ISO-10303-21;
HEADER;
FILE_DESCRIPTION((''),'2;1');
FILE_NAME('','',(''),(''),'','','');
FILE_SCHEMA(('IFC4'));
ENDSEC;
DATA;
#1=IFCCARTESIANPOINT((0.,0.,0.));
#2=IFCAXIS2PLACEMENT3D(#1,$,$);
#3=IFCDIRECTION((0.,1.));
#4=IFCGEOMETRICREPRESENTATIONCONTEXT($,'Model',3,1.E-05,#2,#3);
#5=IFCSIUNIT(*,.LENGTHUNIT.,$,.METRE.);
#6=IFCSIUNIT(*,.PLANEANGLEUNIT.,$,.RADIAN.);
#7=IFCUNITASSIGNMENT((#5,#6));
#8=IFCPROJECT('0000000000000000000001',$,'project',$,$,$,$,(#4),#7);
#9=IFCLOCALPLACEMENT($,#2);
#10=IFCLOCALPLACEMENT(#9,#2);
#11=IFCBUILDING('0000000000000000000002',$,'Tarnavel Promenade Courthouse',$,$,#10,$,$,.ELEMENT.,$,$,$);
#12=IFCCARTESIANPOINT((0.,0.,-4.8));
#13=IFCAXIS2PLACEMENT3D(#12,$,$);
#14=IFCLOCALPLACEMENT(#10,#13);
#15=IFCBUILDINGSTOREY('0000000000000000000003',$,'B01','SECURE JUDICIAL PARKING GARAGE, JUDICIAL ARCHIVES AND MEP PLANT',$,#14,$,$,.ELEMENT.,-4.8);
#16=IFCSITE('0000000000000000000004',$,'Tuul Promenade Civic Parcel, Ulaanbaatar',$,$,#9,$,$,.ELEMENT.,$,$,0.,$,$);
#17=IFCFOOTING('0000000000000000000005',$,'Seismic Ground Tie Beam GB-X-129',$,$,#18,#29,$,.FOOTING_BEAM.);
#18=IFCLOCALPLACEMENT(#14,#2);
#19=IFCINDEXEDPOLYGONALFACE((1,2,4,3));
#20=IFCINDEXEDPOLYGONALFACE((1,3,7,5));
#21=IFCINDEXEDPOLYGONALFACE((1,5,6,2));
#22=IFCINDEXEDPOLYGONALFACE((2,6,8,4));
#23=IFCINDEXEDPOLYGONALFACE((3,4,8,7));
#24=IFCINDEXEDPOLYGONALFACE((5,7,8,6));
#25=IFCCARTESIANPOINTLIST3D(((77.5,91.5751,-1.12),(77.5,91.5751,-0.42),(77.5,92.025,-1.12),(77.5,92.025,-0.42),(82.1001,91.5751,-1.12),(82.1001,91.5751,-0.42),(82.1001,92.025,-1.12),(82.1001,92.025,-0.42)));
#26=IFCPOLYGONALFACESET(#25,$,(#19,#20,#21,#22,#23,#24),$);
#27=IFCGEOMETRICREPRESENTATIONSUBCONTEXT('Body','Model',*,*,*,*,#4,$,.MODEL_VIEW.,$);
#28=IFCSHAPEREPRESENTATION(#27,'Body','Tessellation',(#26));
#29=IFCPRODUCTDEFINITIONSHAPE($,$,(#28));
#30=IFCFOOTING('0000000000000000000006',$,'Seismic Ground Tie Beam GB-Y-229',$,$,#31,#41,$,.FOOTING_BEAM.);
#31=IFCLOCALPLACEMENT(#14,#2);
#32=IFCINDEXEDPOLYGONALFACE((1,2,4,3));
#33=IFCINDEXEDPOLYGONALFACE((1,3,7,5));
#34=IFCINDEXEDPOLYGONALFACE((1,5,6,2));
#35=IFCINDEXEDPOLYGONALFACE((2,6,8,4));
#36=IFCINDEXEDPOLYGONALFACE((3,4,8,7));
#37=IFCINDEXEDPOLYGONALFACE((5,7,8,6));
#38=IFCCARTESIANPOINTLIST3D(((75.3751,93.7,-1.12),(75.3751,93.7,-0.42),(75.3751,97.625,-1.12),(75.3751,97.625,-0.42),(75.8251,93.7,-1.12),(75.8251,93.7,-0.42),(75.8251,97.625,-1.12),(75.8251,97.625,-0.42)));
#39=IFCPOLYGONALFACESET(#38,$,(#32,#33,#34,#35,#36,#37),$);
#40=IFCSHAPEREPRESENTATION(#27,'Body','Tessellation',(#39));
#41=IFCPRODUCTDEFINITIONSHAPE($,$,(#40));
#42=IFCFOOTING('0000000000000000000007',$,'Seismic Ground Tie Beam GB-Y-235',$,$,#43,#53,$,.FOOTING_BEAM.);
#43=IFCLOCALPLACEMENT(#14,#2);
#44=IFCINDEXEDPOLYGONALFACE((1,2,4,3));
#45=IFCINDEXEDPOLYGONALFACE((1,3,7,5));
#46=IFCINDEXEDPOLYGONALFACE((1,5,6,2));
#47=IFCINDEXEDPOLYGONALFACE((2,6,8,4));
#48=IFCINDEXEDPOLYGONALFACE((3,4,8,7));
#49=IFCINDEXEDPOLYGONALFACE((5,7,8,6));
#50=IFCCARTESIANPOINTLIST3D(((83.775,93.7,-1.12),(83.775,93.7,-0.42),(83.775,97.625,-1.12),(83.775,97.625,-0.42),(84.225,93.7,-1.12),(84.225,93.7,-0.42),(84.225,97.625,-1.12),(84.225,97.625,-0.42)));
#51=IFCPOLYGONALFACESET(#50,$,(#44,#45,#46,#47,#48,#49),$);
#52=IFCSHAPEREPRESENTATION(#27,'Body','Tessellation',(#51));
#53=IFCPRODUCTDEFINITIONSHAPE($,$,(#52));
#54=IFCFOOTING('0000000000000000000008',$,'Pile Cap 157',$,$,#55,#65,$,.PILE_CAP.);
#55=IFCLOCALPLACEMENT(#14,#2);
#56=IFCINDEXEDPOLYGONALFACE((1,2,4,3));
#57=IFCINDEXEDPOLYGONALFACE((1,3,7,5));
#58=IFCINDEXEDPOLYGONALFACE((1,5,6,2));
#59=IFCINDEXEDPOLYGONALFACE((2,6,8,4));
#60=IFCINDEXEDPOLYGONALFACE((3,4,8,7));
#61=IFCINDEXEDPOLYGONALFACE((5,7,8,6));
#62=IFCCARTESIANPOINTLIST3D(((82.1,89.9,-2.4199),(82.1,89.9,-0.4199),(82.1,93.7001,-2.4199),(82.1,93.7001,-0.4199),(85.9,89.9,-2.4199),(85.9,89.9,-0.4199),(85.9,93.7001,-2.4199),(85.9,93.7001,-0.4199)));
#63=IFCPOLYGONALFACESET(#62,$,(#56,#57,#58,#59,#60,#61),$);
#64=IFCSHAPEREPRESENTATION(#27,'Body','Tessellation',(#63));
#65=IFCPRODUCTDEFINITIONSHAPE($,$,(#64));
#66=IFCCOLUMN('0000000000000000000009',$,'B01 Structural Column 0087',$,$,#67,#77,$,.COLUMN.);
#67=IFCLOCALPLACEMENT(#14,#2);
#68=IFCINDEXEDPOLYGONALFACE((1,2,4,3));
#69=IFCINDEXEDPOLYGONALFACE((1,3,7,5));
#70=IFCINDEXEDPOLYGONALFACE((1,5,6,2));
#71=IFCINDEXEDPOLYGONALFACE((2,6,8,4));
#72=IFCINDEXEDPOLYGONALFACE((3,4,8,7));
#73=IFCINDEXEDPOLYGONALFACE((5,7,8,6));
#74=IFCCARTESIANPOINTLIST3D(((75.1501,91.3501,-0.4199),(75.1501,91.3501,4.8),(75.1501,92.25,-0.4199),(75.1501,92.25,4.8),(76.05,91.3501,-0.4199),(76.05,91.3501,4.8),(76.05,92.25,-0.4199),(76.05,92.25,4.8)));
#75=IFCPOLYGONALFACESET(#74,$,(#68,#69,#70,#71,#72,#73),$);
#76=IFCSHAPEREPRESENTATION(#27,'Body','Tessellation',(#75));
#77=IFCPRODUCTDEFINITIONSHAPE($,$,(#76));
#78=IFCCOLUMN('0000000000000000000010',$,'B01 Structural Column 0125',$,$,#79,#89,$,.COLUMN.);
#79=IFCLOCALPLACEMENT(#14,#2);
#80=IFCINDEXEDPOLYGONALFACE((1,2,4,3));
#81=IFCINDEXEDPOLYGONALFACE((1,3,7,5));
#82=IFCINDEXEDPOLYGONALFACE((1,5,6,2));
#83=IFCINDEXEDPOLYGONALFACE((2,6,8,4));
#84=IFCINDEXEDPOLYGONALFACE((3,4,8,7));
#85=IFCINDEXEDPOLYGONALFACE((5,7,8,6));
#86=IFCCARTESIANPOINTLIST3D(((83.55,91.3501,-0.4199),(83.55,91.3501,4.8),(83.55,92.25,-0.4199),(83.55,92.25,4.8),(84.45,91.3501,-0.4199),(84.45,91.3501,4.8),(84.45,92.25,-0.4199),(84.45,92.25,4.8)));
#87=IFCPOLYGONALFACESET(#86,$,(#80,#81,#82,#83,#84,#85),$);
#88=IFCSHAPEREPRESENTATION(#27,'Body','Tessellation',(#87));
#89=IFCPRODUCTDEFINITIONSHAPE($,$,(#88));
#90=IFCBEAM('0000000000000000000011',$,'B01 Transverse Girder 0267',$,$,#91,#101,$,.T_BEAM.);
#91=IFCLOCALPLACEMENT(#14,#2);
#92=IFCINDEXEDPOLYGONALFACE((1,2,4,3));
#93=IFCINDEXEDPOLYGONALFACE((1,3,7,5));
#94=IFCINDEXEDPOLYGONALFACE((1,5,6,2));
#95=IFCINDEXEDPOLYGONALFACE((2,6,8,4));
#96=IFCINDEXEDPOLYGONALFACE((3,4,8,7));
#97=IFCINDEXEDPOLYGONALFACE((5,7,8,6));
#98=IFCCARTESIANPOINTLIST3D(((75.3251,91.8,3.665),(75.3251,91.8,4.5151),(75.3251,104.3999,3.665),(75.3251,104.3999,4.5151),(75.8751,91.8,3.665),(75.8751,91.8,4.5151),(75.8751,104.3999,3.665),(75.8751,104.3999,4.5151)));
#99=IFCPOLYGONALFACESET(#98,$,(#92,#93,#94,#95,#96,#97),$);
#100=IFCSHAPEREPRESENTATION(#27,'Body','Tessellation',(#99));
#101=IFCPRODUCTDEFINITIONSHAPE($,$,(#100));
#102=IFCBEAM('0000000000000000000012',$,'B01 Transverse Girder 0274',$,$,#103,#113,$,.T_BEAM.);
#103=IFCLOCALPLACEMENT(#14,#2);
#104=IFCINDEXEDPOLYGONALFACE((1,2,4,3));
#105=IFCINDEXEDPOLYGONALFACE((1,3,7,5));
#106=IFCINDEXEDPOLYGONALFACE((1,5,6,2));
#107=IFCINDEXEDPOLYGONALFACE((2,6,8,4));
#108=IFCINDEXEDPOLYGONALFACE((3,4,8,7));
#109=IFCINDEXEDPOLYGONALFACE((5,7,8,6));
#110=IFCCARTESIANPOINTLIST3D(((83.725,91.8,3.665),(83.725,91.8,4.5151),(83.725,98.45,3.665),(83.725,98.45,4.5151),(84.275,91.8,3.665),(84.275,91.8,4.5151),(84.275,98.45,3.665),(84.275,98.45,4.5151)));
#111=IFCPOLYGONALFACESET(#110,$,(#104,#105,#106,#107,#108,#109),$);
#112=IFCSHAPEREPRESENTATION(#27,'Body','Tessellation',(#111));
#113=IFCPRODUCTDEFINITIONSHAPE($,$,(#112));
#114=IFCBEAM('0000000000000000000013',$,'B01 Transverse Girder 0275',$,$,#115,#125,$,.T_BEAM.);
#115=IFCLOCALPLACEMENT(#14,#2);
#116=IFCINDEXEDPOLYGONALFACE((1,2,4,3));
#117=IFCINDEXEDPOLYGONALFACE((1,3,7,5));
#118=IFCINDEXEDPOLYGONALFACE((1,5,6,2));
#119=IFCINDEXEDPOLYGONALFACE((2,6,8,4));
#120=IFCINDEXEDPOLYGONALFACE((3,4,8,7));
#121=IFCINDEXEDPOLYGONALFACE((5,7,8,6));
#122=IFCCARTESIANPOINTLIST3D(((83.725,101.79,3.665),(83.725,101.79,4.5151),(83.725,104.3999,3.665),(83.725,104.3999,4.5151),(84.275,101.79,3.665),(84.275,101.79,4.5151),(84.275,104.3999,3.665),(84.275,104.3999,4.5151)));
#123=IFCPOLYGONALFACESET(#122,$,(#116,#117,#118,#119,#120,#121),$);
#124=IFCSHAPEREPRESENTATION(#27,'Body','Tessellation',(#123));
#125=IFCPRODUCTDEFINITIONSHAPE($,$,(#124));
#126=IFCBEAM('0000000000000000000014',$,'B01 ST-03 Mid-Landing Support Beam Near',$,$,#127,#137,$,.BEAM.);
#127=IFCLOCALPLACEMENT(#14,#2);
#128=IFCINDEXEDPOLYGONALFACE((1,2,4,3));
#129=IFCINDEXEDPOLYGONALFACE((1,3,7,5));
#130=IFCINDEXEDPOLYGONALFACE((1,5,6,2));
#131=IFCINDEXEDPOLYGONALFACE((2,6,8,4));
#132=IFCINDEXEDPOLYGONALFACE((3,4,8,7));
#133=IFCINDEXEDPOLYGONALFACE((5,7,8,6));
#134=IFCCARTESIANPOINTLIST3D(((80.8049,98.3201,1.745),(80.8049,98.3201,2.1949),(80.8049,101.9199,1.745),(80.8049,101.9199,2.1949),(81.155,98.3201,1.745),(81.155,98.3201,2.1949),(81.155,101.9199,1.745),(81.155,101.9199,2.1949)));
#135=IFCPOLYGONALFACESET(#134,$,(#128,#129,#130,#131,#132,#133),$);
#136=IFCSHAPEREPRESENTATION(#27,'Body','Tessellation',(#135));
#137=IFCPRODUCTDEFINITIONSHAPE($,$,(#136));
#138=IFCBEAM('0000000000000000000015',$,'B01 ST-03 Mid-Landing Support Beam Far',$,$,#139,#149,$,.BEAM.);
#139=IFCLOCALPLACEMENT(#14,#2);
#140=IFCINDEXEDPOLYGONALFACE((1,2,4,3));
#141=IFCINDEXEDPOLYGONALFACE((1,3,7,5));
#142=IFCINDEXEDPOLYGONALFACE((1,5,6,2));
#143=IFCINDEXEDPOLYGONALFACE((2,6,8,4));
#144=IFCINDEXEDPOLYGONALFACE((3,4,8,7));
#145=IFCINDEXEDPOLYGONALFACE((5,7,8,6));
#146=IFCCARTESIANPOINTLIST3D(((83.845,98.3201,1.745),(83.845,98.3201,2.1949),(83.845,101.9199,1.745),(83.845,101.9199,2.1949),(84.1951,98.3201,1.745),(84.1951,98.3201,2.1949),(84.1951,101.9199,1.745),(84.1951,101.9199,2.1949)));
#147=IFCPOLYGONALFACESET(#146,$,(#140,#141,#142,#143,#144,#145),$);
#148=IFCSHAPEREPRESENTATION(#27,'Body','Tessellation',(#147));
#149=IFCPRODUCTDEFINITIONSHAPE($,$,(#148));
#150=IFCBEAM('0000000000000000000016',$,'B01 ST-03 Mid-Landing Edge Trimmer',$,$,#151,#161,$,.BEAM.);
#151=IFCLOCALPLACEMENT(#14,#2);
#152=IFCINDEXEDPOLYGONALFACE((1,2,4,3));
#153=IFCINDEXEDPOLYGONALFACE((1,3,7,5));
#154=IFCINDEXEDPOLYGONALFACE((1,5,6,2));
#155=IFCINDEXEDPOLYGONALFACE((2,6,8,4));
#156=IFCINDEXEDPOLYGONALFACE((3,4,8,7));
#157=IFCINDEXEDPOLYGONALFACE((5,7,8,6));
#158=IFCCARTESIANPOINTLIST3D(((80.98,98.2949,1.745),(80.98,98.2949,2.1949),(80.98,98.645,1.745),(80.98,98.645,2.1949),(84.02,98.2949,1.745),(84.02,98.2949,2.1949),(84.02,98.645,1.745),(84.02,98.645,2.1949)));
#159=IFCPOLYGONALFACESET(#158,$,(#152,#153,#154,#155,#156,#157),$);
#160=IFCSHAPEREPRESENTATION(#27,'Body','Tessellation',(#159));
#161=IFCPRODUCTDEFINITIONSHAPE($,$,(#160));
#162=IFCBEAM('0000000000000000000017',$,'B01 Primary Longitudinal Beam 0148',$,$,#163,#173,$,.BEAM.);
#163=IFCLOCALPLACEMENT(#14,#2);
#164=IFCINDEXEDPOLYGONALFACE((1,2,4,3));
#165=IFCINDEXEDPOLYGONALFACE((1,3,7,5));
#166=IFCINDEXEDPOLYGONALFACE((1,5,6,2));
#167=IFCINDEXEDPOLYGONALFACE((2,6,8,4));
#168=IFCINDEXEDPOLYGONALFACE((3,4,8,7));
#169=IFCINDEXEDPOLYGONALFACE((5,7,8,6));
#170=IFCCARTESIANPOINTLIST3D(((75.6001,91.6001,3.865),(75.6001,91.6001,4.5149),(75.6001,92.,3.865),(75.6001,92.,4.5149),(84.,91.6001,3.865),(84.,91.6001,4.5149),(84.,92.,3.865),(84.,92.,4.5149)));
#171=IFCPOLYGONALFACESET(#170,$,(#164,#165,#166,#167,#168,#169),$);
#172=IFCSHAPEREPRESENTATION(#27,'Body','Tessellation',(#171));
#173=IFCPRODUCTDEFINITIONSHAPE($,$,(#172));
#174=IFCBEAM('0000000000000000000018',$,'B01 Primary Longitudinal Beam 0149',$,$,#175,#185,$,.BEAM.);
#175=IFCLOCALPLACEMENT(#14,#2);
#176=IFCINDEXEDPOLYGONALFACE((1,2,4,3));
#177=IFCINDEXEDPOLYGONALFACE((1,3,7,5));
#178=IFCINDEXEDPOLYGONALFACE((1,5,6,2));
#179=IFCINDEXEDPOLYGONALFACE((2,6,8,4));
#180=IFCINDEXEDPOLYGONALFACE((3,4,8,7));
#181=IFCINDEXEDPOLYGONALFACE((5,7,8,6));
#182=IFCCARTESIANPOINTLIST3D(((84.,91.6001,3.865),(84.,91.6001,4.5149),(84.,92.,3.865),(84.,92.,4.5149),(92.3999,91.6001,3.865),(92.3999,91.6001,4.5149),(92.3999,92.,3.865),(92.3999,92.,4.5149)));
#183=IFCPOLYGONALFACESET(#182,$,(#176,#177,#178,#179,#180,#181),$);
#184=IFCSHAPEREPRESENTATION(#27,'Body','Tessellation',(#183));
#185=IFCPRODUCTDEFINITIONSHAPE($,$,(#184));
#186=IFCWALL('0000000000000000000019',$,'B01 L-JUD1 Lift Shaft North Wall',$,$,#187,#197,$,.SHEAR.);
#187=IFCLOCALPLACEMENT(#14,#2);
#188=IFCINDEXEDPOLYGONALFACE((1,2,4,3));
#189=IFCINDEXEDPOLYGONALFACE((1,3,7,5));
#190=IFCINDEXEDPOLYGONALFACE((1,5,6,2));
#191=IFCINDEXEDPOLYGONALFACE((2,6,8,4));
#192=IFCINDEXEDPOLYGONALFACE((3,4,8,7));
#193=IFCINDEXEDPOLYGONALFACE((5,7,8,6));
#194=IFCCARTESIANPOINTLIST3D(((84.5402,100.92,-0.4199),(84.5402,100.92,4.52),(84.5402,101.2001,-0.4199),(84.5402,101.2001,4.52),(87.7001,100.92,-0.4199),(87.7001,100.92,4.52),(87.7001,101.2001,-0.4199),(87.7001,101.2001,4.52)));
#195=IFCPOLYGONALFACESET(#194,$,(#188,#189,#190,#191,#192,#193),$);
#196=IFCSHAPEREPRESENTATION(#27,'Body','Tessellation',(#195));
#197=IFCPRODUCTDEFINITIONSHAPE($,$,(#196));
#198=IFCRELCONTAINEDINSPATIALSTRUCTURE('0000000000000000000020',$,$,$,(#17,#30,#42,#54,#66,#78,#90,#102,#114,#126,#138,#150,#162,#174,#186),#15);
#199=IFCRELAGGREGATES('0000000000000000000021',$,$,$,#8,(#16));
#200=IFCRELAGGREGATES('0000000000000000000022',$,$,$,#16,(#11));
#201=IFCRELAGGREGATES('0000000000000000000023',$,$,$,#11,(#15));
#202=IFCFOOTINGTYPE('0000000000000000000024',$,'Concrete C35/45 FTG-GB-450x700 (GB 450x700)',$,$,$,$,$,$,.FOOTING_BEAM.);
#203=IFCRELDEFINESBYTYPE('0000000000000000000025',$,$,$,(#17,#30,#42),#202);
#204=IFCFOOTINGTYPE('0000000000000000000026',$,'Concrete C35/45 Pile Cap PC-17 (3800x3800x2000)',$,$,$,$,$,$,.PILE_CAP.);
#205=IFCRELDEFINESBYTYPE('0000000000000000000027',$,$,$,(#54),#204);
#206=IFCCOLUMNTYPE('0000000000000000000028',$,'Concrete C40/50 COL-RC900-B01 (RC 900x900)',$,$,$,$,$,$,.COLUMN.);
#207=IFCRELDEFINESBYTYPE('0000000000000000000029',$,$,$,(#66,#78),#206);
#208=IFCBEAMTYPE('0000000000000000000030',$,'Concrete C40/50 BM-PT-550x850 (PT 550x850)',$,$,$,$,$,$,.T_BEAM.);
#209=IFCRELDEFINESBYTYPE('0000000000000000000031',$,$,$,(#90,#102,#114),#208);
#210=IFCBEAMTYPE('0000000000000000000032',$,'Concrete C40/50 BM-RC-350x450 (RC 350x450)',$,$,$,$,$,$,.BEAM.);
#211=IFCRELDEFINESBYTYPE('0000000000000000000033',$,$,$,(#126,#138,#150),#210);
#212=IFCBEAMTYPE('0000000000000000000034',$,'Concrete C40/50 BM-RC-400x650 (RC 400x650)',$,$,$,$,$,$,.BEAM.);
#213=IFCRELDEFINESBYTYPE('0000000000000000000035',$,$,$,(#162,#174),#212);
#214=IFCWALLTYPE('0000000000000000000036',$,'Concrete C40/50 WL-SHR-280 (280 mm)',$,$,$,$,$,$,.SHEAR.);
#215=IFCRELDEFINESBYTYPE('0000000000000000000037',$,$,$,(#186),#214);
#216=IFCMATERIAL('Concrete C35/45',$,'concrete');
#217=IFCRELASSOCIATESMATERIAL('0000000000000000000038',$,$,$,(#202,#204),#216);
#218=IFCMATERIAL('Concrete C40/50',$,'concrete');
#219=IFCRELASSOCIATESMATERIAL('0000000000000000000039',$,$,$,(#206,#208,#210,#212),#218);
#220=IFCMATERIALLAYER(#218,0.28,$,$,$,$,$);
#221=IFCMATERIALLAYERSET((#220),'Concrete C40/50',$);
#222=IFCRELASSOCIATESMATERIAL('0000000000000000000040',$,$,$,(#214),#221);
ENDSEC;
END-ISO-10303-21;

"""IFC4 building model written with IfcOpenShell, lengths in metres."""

from ifc_helpers import new_model, si_unit, direction, frame, frame_2d, origin, origin_2d, place, context, subcontext, project, spatial, rectangle, extrude, material, layer, layer_set, material_profile, profile_set, type_object, element, save


model = new_model("IFC4")

# Units and contexts
model_context = context("Model", 3, precision=1e-05, world=origin(), true_north=direction((0.0, 1.0)))
body_context = subcontext(model_context, "Body", "Model", "MODEL_VIEW")
ifc_project = project(units=[si_unit("LENGTHUNIT", "METRE"), si_unit("PLANEANGLEUNIT", "RADIAN")], contexts=[model_context])

# Site, building, storey
site_placement = place(None, origin())
site = spatial("IfcSite", under=ifc_project, at=site_placement, Name="Tuul Promenade Civic Parcel, Ulaanbaatar", CompositionType="ELEMENT", RefElevation=0.0)
building_placement = place(site_placement, origin())
building = spatial("IfcBuilding", under=site, at=building_placement, Name="Tarnavel Promenade Courthouse", CompositionType="ELEMENT")
storey_placement = place(building_placement, frame((0.0, 0.0, -4.8)))
storey = spatial("IfcBuildingStorey", under=building, at=storey_placement, Name="B01", Description="SECURE JUDICIAL PARKING GARAGE, JUDICIAL ARCHIVES AND MEP PLANT", CompositionType="ELEMENT", Elevation=-4.8)

# Footings
ifc_material_1 = material(Name="Concrete C35/45", Category="concrete")
ifc_material_profile_1 = material_profile(ifc_material_1, rectangle(XDim=0.45, YDim=0.7, at=origin_2d()), Name="GB 450x700")
ifc_profile_set_1 = profile_set([ifc_material_profile_1], Name="Concrete C35/45")
footing_type_1 = type_object("IfcFootingType", Name="Concrete C35/45 FTG-GB-450x700 (GB 450x700)", PredefinedType="FOOTING_BEAM", material=ifc_profile_set_1)
footing_1_placement = place(storey_placement, frame((77.5, 91.8, -0.77), z_axis=(1.0, 0.0, 0.0), x_axis=(0.0, 1.0, 0.0)))
element("IfcFooting", 1, at=footing_1_placement, inside=storey, type_object=footing_type_1, Name="Seismic Ground Tie Beam GB-X-129", PredefinedType="FOOTING_BEAM", context=body_context, shape_type="SweptSolid", body=[
    extrude(rectangle(XDim=0.45, YDim=0.7, at=origin_2d()), origin(), (0.0, 0.0, 1.0), 4.6001),
])
for number, where, z_axis, x_axis, name in (
    (2, (75.6001, 93.7, -0.77), (0.0, 1.0, 0.0), (-1.0, 0.0, 0.0), "Seismic Ground Tie Beam GB-Y-229"),
    (3, (84.0, 93.7, -0.77), (0.0, 1.0, 0.0), (-1.0, 0.0, 0.0), "Seismic Ground Tie Beam GB-Y-235"),
):
    element("IfcFooting", number, at=place(storey_placement, frame(where, z_axis=z_axis, x_axis=x_axis)), inside=storey, type_object=footing_type_1, Name=name, PredefinedType="FOOTING_BEAM", context=body_context, shape_type="SweptSolid", body=[
        extrude(rectangle(XDim=0.45, YDim=0.7, at=origin_2d()), origin(), (0.0, 0.0, 1.0), 3.925),
    ])
footing_type_2 = type_object("IfcFootingType", Name="Concrete C35/45 Pile Cap PC-17 (3800x3800x2000)", PredefinedType="PILE_CAP", material=ifc_material_1)
footing_2_placement = place(storey_placement, frame((84.0, 91.8, -2.4199), z_axis=(0.0, 0.0, 1.0), x_axis=(1.0, 0.0, 0.0)))
element("IfcFooting", 4, at=footing_2_placement, inside=storey, type_object=footing_type_2, Name="Pile Cap 157", PredefinedType="PILE_CAP", context=body_context, shape_type="SweptSolid", body=[
    extrude(rectangle(XDim=3.8, YDim=3.8, at=origin_2d()), origin(), (0.0, 0.0, 1.0), 2.0),
])

# Columns
ifc_material_2 = material(Name="Concrete C40/50", Category="concrete")
ifc_material_profile_2 = material_profile(ifc_material_2, rectangle(XDim=0.8999, YDim=0.8999, at=origin_2d()), Name="RC 900x900")
ifc_profile_set_2 = profile_set([ifc_material_profile_2], Name="Concrete C40/50")
column_type = type_object("IfcColumnType", Name="Concrete C40/50 COL-RC900-B01 (RC 900x900)", PredefinedType="COLUMN", material=ifc_profile_set_2)
for number, where, z_axis, x_axis, name in (
    (5, (75.6001, 91.8, -0.4199), (0.0, 0.0, 1.0), (1.0, 0.0, 0.0), "B01 Structural Column 0087"),
    (6, (84.0, 91.8, -0.4199), (0.0, 0.0, 1.0), (1.0, 0.0, 0.0), "B01 Structural Column 0125"),
):
    element("IfcColumn", number, at=place(storey_placement, frame(where, z_axis=z_axis, x_axis=x_axis)), inside=storey, type_object=column_type, Name=name, PredefinedType="COLUMN", context=body_context, shape_type="SweptSolid", body=[
        extrude(rectangle(XDim=0.8999, YDim=0.8999, at=origin_2d()), origin(), (0.0, 0.0, 1.0), 5.22),
    ])

# Beams
ifc_material_profile_3 = material_profile(ifc_material_2, rectangle(XDim=0.55, YDim=0.8501, at=origin_2d()), Name="PT 550x850")
ifc_profile_set_3 = profile_set([ifc_material_profile_3], Name="Concrete C40/50")
beam_type_1 = type_object("IfcBeamType", Name="Concrete C40/50 BM-PT-550x850 (PT 550x850)", PredefinedType="T_BEAM", material=ifc_profile_set_3)
beam_1_placement = place(storey_placement, frame((75.6001, 91.8, 4.0901), z_axis=(0.0, 1.0, 0.0), x_axis=(-1.0, 0.0, 0.0)))
element("IfcBeam", 7, at=beam_1_placement, inside=storey, type_object=beam_type_1, Name="B01 Transverse Girder 0267", PredefinedType="T_BEAM", context=body_context, shape_type="SweptSolid", body=[
    extrude(rectangle(XDim=0.55, YDim=0.8501, at=origin_2d()), origin(), (0.0, 0.0, 1.0), 12.5999),
])
beam_2_placement = place(storey_placement, frame((84.0, 91.8, 4.0901), z_axis=(0.0, 1.0, 0.0), x_axis=(-1.0, 0.0, 0.0)))
element("IfcBeam", 8, at=beam_2_placement, inside=storey, type_object=beam_type_1, Name="B01 Transverse Girder 0274", PredefinedType="T_BEAM", context=body_context, shape_type="SweptSolid", body=[
    extrude(rectangle(XDim=0.55, YDim=0.8501, at=origin_2d()), origin(), (0.0, 0.0, 1.0), 6.6499),
])
beam_3_placement = place(storey_placement, frame((84.0, 101.79, 4.0901), z_axis=(0.0, 1.0, 0.0), x_axis=(-1.0, 0.0, 0.0)))
element("IfcBeam", 9, at=beam_3_placement, inside=storey, type_object=beam_type_1, Name="B01 Transverse Girder 0275", PredefinedType="T_BEAM", context=body_context, shape_type="SweptSolid", body=[
    extrude(rectangle(XDim=0.55, YDim=0.8501, at=origin_2d()), origin(), (0.0, 0.0, 1.0), 2.6099),
])
ifc_material_profile_4 = material_profile(ifc_material_2, rectangle(XDim=0.3501, YDim=0.45, at=origin_2d()), Name="RC 350x450")
ifc_profile_set_4 = profile_set([ifc_material_profile_4], Name="Concrete C40/50")
beam_type_2 = type_object("IfcBeamType", Name="Concrete C40/50 BM-RC-350x450 (RC 350x450)", PredefinedType="BEAM", material=ifc_profile_set_4)
for number, where, z_axis, x_axis, name in (
    (10, (80.98, 98.3201, 1.97), (0.0, 1.0, 0.0), (-1.0, 0.0, 0.0), "B01 ST-03 Mid-Landing Support Beam Near"),
    (11, (84.02, 98.3201, 1.97), (0.0, 1.0, 0.0), (-1.0, 0.0, 0.0), "B01 ST-03 Mid-Landing Support Beam Far"),
):
    element("IfcBeam", number, at=place(storey_placement, frame(where, z_axis=z_axis, x_axis=x_axis)), inside=storey, type_object=beam_type_2, Name=name, PredefinedType="BEAM", context=body_context, shape_type="SweptSolid", body=[
        extrude(rectangle(XDim=0.3501, YDim=0.45, at=origin_2d()), origin(), (0.0, 0.0, 1.0), 3.5999),
    ])
beam_4_placement = place(storey_placement, frame((80.98, 98.47, 1.97), z_axis=(1.0, 0.0, 0.0), x_axis=(0.0, 1.0, 0.0)))
element("IfcBeam", 12, at=beam_4_placement, inside=storey, type_object=beam_type_2, Name="B01 ST-03 Mid-Landing Edge Trimmer", PredefinedType="BEAM", context=body_context, shape_type="SweptSolid", body=[
    extrude(rectangle(XDim=0.3501, YDim=0.45, at=origin_2d()), origin(), (0.0, 0.0, 1.0), 3.04),
])
ifc_material_profile_5 = material_profile(ifc_material_2, rectangle(XDim=0.3999, YDim=0.6499, at=origin_2d()), Name="RC 400x650")
ifc_profile_set_5 = profile_set([ifc_material_profile_5], Name="Concrete C40/50")
beam_type_3 = type_object("IfcBeamType", Name="Concrete C40/50 BM-RC-400x650 (RC 400x650)", PredefinedType="BEAM", material=ifc_profile_set_5)
for number, where, z_axis, x_axis, name in (
    (13, (75.6001, 91.8, 4.1899), (1.0, 0.0, 0.0), (0.0, 1.0, 0.0), "B01 Primary Longitudinal Beam 0148"),
    (14, (84.0, 91.8, 4.1899), (1.0, 0.0, 0.0), (0.0, 1.0, 0.0), "B01 Primary Longitudinal Beam 0149"),
):
    element("IfcBeam", number, at=place(storey_placement, frame(where, z_axis=z_axis, x_axis=x_axis)), inside=storey, type_object=beam_type_3, Name=name, PredefinedType="BEAM", context=body_context, shape_type="SweptSolid", body=[
        extrude(rectangle(XDim=0.3999, YDim=0.6499, at=origin_2d()), origin(), (0.0, 0.0, 1.0), 8.3999),
    ])

# Wall
ifc_layer_1 = layer(ifc_material_2, 0.28)
ifc_layer_set_1 = layer_set([ifc_layer_1], Name="Concrete C40/50")
wall_type_1 = type_object("IfcWallType", Name="Concrete C40/50 WL-SHR-280 (280 mm)", PredefinedType="SHEAR", material=ifc_layer_set_1)
wall_1_placement = place(storey_placement, frame((84.54, 101.0601, -0.4199), z_axis=(0.0, 0.0, 1.0), x_axis=(1.0, 0.0, 0.0)))
element("IfcWall", 15, at=wall_1_placement, inside=storey, type_object=wall_type_1, Name="B01 L-JUD1 Lift Shaft North Wall", PredefinedType="SHEAR", context=body_context, shape_type="SweptSolid", body=[
    extrude(rectangle(XDim=3.1599, YDim=0.28, at=frame_2d((1.5801, 0.0))), origin(), (0.0, 0.0, 1.0), 4.9399),
])

save(model, "model.ifc")
